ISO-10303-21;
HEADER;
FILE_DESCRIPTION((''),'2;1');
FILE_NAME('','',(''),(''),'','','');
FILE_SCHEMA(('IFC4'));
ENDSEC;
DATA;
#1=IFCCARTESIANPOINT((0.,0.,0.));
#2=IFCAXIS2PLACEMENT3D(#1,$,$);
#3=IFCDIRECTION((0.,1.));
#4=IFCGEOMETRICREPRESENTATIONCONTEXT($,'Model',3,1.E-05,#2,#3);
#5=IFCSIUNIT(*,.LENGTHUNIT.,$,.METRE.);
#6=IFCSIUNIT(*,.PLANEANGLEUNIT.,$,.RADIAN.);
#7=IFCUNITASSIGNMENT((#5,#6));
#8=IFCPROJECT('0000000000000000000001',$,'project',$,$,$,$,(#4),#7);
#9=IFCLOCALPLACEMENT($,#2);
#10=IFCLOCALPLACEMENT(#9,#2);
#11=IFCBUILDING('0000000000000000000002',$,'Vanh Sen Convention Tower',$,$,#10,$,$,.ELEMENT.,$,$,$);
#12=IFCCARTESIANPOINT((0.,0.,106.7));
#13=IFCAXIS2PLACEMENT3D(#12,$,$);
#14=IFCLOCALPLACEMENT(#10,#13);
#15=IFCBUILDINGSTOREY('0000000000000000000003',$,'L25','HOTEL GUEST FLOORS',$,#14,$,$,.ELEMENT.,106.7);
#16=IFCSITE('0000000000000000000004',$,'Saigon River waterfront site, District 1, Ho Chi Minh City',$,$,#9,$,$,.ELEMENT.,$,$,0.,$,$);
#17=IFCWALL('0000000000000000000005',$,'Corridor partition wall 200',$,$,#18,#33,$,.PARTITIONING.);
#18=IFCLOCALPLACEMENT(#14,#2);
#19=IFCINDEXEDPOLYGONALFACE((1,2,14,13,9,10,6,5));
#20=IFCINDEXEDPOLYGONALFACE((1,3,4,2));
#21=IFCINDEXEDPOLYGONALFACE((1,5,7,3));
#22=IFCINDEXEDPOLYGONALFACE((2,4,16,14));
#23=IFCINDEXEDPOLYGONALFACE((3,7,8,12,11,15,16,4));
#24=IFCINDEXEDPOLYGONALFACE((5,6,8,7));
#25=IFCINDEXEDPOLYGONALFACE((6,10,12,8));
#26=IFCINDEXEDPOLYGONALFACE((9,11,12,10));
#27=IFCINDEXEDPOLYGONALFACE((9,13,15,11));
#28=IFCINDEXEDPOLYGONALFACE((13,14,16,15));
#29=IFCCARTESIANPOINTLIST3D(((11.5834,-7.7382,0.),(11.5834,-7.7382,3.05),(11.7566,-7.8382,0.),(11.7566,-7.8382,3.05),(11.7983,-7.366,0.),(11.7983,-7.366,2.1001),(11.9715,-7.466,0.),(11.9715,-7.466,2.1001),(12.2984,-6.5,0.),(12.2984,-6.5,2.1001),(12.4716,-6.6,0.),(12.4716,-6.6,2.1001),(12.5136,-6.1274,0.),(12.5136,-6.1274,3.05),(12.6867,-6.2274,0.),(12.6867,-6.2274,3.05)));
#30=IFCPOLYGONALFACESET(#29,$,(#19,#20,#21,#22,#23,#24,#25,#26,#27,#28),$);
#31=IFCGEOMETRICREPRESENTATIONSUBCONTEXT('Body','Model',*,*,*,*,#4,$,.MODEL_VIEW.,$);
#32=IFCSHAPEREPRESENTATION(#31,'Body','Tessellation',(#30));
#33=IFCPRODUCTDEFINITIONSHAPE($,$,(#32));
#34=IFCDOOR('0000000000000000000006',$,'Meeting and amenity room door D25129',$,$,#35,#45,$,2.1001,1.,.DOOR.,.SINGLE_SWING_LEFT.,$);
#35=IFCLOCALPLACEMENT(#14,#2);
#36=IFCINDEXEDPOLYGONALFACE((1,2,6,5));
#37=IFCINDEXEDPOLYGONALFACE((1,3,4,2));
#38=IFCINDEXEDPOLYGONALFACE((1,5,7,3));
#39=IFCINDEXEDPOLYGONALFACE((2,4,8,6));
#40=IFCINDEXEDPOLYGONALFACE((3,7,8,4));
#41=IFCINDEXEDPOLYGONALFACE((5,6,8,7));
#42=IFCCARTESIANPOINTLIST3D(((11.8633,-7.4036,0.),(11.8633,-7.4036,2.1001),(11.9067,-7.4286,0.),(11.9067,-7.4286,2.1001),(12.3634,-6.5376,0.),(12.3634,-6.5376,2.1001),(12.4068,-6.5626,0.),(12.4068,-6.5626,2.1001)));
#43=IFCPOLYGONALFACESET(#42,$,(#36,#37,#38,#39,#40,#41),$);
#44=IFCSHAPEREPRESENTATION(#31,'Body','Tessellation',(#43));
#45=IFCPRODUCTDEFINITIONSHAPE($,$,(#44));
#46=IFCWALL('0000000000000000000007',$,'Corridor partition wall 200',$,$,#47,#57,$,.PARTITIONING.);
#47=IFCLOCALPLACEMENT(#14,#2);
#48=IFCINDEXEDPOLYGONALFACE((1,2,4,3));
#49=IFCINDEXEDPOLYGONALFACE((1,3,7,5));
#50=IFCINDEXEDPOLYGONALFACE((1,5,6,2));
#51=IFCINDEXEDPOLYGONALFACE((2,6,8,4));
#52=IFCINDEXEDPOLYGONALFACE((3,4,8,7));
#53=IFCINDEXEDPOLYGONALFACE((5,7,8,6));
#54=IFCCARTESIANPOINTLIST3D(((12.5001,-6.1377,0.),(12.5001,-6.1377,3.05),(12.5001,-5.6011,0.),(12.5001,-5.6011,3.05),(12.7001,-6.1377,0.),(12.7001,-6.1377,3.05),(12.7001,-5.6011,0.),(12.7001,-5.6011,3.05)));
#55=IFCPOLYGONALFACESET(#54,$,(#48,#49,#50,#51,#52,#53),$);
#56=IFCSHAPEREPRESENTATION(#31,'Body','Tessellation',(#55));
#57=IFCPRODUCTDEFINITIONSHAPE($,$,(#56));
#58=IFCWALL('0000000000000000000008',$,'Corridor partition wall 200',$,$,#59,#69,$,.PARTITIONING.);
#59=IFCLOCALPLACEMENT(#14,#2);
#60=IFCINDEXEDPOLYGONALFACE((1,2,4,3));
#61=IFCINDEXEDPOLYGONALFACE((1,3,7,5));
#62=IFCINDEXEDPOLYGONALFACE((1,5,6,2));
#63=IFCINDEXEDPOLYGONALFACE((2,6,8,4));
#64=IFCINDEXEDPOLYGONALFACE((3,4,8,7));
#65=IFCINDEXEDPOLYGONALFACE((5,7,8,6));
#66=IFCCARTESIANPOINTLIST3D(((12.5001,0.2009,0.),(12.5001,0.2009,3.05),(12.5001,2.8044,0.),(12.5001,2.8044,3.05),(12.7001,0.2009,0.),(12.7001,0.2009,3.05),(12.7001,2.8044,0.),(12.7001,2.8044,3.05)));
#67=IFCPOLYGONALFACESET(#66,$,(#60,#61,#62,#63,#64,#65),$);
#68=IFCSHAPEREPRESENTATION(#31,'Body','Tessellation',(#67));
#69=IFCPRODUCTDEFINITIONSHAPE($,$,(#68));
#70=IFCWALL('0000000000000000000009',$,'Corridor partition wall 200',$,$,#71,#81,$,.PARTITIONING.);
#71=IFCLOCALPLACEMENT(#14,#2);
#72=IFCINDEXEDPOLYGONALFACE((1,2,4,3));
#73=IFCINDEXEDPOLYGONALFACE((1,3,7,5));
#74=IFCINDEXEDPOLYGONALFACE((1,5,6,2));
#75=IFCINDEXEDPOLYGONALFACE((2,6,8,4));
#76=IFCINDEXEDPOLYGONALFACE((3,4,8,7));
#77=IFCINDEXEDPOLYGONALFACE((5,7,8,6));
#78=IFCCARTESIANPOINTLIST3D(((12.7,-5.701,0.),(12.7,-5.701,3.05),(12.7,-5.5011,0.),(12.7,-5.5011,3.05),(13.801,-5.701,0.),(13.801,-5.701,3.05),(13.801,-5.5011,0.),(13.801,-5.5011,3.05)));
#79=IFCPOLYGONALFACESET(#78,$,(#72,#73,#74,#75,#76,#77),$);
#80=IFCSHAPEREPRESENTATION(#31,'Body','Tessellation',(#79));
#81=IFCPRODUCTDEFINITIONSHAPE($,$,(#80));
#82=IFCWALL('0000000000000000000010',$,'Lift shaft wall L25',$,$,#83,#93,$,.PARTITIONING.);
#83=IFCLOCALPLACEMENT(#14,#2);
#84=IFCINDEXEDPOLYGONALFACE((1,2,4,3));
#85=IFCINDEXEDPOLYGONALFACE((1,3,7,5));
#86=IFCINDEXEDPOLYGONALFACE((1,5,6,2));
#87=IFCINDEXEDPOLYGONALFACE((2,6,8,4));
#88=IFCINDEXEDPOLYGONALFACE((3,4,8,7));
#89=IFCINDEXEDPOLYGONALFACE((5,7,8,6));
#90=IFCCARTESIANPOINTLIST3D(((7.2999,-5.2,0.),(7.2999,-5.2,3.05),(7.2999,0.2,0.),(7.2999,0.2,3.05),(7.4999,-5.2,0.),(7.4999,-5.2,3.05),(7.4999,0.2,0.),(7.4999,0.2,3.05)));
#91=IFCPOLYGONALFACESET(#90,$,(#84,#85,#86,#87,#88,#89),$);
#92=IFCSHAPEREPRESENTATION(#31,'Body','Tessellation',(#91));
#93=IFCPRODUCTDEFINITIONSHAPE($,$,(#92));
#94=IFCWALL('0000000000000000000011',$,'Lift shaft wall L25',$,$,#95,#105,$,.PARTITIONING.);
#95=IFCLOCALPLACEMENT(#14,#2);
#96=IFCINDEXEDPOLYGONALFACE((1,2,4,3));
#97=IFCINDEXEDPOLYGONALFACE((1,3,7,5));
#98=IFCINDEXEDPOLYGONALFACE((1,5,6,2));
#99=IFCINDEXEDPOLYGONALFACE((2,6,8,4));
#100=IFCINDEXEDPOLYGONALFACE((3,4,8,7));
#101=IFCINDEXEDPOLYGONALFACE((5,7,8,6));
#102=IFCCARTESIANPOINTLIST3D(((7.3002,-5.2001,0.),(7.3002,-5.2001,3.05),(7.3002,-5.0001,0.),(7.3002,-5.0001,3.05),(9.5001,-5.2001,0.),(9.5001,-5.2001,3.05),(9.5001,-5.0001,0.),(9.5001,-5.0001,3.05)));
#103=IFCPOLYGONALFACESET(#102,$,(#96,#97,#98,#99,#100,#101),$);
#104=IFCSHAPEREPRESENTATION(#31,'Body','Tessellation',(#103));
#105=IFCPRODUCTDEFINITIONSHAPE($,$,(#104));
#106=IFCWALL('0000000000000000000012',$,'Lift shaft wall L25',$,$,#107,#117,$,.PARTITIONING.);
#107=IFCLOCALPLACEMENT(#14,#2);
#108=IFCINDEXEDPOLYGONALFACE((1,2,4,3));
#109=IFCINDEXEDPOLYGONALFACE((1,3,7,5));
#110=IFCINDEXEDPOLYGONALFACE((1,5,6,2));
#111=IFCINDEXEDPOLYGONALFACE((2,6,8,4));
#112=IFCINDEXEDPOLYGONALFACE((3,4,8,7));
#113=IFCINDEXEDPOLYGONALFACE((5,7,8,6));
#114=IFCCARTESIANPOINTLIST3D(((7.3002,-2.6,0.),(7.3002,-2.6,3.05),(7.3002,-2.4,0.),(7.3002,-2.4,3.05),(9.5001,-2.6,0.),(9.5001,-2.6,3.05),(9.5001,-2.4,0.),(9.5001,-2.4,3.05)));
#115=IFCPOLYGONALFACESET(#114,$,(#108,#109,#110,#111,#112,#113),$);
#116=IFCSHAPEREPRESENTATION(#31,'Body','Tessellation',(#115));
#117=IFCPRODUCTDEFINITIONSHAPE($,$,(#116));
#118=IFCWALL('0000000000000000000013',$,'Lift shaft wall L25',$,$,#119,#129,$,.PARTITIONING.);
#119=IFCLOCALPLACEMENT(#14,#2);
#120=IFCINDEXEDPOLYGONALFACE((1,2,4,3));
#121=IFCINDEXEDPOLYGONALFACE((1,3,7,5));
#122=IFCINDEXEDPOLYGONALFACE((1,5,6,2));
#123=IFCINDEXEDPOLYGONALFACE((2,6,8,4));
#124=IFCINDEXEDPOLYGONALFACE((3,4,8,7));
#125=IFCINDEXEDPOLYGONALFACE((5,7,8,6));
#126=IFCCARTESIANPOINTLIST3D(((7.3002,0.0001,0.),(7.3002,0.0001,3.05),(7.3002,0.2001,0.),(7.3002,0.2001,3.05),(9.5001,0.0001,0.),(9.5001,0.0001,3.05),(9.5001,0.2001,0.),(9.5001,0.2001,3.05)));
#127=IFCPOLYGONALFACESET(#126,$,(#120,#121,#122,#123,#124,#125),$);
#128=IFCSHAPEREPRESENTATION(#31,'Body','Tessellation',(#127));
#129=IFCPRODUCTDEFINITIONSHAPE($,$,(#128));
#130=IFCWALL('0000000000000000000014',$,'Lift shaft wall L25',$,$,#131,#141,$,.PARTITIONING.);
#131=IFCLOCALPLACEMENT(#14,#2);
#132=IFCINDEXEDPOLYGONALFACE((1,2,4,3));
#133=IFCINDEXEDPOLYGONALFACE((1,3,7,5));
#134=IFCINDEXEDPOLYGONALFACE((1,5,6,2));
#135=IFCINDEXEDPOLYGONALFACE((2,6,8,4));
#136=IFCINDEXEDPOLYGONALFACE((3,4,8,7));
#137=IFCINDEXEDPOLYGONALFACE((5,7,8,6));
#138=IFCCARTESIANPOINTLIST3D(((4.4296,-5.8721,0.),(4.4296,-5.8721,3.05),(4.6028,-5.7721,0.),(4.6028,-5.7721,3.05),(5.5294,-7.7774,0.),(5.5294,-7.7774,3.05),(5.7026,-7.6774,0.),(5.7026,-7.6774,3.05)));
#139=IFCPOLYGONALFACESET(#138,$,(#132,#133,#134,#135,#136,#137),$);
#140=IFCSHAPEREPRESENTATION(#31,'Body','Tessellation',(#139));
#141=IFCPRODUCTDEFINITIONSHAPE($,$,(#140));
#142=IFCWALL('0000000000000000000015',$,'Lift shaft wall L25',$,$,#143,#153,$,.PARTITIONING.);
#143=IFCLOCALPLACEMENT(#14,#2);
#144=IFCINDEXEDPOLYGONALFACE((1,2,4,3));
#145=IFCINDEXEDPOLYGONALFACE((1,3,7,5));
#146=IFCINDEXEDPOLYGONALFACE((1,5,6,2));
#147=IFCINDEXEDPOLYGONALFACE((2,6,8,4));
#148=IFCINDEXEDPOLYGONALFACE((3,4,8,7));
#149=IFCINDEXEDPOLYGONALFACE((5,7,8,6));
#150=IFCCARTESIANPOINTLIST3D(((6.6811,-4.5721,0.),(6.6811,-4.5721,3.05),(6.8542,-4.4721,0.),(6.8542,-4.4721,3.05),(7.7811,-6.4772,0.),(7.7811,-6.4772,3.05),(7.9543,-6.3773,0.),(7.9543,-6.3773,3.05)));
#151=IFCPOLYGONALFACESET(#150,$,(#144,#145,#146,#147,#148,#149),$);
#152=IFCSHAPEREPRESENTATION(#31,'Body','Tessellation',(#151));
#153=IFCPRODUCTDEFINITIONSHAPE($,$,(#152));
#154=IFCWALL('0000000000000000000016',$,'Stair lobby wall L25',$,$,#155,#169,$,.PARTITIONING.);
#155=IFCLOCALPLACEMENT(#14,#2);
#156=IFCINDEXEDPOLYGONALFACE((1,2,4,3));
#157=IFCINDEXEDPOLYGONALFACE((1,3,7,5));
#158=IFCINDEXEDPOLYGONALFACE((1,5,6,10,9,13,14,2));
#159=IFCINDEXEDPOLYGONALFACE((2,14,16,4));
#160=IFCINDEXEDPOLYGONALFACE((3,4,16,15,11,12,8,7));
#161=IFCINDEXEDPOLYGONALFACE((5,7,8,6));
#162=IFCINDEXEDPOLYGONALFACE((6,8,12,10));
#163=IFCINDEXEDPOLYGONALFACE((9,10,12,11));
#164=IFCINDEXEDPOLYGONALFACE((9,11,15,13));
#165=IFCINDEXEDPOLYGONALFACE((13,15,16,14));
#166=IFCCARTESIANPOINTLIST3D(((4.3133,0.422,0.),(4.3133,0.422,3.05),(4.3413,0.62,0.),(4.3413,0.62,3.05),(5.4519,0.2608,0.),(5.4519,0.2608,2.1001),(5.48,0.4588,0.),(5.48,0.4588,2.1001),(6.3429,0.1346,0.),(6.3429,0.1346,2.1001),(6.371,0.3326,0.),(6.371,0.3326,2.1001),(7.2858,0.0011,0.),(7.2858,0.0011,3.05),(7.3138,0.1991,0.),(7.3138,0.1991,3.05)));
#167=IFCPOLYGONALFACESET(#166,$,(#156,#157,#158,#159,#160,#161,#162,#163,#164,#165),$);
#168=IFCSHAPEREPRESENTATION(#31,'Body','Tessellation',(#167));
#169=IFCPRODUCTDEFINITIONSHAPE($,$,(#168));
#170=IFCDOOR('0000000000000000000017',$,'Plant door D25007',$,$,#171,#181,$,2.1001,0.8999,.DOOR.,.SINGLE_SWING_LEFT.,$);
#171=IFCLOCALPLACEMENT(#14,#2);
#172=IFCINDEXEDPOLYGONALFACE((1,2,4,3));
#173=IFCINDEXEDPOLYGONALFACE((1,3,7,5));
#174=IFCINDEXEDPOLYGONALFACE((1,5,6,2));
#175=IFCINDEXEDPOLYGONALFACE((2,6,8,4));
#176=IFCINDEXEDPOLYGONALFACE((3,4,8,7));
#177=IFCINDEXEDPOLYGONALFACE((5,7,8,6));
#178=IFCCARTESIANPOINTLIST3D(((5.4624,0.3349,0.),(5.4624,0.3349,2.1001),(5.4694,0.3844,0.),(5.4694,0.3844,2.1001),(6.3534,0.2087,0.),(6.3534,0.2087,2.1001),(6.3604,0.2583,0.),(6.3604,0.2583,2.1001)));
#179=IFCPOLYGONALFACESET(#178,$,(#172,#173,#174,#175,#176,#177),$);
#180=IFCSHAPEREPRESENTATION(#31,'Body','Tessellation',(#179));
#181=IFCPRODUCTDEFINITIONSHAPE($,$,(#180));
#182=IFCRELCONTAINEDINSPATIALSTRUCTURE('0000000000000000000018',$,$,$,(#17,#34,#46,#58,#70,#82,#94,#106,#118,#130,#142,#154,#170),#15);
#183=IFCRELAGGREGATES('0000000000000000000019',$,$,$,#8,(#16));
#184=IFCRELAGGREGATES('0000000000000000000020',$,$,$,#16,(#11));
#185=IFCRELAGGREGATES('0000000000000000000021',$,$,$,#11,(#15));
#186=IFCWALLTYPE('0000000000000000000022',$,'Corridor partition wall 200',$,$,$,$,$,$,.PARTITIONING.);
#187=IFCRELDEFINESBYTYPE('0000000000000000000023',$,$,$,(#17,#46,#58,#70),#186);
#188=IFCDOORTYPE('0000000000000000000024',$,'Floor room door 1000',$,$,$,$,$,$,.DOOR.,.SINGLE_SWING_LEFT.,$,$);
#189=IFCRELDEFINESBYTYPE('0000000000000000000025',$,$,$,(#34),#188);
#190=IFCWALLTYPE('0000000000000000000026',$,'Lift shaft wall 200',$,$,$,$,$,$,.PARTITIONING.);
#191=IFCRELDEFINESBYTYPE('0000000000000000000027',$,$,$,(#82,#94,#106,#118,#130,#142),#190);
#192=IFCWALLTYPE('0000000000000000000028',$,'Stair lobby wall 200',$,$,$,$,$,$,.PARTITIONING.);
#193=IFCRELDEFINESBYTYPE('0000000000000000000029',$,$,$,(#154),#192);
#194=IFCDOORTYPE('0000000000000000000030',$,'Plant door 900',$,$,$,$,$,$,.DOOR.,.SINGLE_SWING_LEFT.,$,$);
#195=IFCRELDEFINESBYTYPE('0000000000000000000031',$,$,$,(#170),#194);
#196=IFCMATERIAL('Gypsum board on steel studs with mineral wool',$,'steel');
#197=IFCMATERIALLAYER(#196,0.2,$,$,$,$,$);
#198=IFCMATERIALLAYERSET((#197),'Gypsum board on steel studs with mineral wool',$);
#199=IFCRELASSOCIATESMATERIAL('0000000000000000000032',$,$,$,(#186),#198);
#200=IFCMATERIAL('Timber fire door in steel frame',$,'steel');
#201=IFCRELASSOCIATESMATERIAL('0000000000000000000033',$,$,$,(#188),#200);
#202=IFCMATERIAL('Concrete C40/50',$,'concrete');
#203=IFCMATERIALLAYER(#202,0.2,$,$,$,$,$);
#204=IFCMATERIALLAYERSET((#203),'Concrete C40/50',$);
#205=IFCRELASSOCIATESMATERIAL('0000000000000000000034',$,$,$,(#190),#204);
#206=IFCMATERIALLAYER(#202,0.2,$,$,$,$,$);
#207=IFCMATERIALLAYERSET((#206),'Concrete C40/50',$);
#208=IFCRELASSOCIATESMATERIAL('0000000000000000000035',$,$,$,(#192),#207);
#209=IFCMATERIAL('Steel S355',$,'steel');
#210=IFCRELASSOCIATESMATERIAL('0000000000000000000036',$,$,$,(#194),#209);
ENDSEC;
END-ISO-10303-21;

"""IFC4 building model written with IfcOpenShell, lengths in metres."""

from ifc_helpers import new_model, si_unit, direction, frame, frame_2d, origin, place, context, subcontext, project, spatial, rectangle, extrude, material, layer, layer_set, type_object, element, fill, save


model = new_model("IFC4")

# Units and contexts
model_context = context("Model", 3, precision=1e-05, world=origin(), true_north=direction((0.0, 1.0)))
body_context = subcontext(model_context, "Body", "Model", "MODEL_VIEW")
ifc_project = project(units=[si_unit("LENGTHUNIT", "METRE"), si_unit("PLANEANGLEUNIT", "RADIAN")], contexts=[model_context])

# Site, building, storey
site_placement = place(None, origin())
site = spatial("IfcSite", under=ifc_project, at=site_placement, Name="Saigon River waterfront site, District 1, Ho Chi Minh City", CompositionType="ELEMENT", RefElevation=0.0)
building_placement = place(site_placement, origin())
building = spatial("IfcBuilding", under=site, at=building_placement, Name="Vanh Sen Convention Tower", CompositionType="ELEMENT")
storey_placement = place(building_placement, frame((0.0, 0.0, 106.7)))
storey = spatial("IfcBuildingStorey", under=building, at=storey_placement, Name="L25", Description="HOTEL GUEST FLOORS", CompositionType="ELEMENT", Elevation=106.7)

# Shared definitions
ifc_material_1 = material(Name="Steel S355", Category="steel")

# Shared definitions
ifc_material_2 = material(Name="Gypsum board on steel studs with mineral wool", Category="steel")
ifc_layer_1 = layer(ifc_material_2, 0.2)
ifc_layer_set_1 = layer_set([ifc_layer_1], Name="Gypsum board on steel studs with mineral wool")
wall_type_1 = type_object("IfcWallType", Name="Corridor partition wall 200", PredefinedType="PARTITIONING", material=ifc_layer_set_1)

# Shared definitions
ifc_material_3 = material(Name="Timber fire door in steel frame", Category="steel")

# Wall, opening, door
wall_1_placement = place(storey_placement, frame((11.6699, -7.7883, 0.0), z_axis=(0.0, 0.0, 1.0), x_axis=(0.500063, 0.865989, 0.0)))
wall_1 = element("IfcWall", 1, at=wall_1_placement, inside=storey, type_object=wall_type_1, Name="Corridor partition wall 200", PredefinedType="PARTITIONING", context=body_context, shape_type="SweptSolid", body=[
    extrude(rectangle(XDim=1.8601, YDim=0.2, at=frame_2d((0.9302, 0.0))), origin(), (0.0, 0.0, 1.0), 3.05),
])
opening_1_placement = place(wall_1_placement, frame((0.4299, 0.0, 0.0)))
opening_1 = element("IfcOpeningElement", 2, at=opening_1_placement, cuts=wall_1, PredefinedType="OPENING", context=body_context, shape_type="SweptSolid", body=[
    extrude(rectangle(XDim=1.0, YDim=2.1001, at=frame_2d((0.5, 1.05))), frame((0.0, 0.1099, 0.0), z_axis=(0.0, -1.0, 0.0), x_axis=(1.0, 0.0, 0.0)), (0.0, 0.0, 1.0), 0.22),
])
door_type_1 = type_object("IfcDoorType", Name="Floor room door 1000", OperationType="SINGLE_SWING_LEFT", PredefinedType="DOOR", material=ifc_material_3)
door_1_placement = place(opening_1_placement, origin())
door_1 = element("IfcDoor", 3, at=door_1_placement, inside=storey, type_object=door_type_1, Name="Meeting and amenity room door D25129", OperationType="SINGLE_SWING_LEFT", OverallHeight=2.1001, OverallWidth=1.0, PredefinedType="DOOR", context=body_context, shape_type="SweptSolid", body=[
    extrude(rectangle(XDim=1.0, YDim=2.1001, at=frame_2d((0.5, 1.05))), frame((0.0, 0.0249, 0.0), z_axis=(0.0, -1.0, 0.0), x_axis=(1.0, 0.0, 0.0)), (0.0, 0.0, 1.0), 0.05),
])
fill(opening_1, door_1)

# Walls
wall_2_placement = place(storey_placement, frame((12.6001, -6.1377, 0.0), z_axis=(0.0, 0.0, 1.0), x_axis=(0.0, 1.0, 0.0)))
element("IfcWall", 4, at=wall_2_placement, inside=storey, type_object=wall_type_1, Name="Corridor partition wall 200", PredefinedType="PARTITIONING", context=body_context, shape_type="SweptSolid", body=[
    extrude(rectangle(XDim=0.5366, YDim=0.2, at=frame_2d((0.2683, 0.0))), origin(), (0.0, 0.0, 1.0), 3.05),
])
wall_3_placement = place(storey_placement, frame((12.6001, 0.2009, 0.0), z_axis=(0.0, 0.0, 1.0), x_axis=(0.0, 1.0, 0.0)))
element("IfcWall", 5, at=wall_3_placement, inside=storey, type_object=wall_type_1, Name="Corridor partition wall 200", PredefinedType="PARTITIONING", context=body_context, shape_type="SweptSolid", body=[
    extrude(rectangle(XDim=2.6035, YDim=0.2, at=frame_2d((1.3018, 0.0))), origin(), (0.0, 0.0, 1.0), 3.05),
])
wall_4_placement = place(storey_placement, frame((12.7, -5.6011, 0.0), z_axis=(0.0, 0.0, 1.0), x_axis=(1.0, 0.0, 0.0)))
element("IfcWall", 6, at=wall_4_placement, inside=storey, type_object=wall_type_1, Name="Corridor partition wall 200", PredefinedType="PARTITIONING", context=body_context, shape_type="SweptSolid", body=[
    extrude(rectangle(XDim=1.1011, YDim=0.2, at=frame_2d((0.5505, 0.0))), origin(), (0.0, 0.0, 1.0), 3.05),
])
ifc_material_4 = material(Name="Concrete C40/50", Category="concrete")
ifc_layer_2 = layer(ifc_material_4, 0.2)
ifc_layer_set_2 = layer_set([ifc_layer_2], Name="Concrete C40/50")
wall_type_2 = type_object("IfcWallType", Name="Lift shaft wall 200", PredefinedType="PARTITIONING", material=ifc_layer_set_2)
wall_5_placement = place(storey_placement, frame((7.3999, -5.2, 0.0), z_axis=(0.0, 0.0, 1.0), x_axis=(0.0, 1.0, 0.0)))
element("IfcWall", 7, at=wall_5_placement, inside=storey, type_object=wall_type_2, Name="Lift shaft wall L25", PredefinedType="PARTITIONING", context=body_context, shape_type="SweptSolid", body=[
    extrude(rectangle(XDim=5.3999, YDim=0.2, at=frame_2d((2.7, 0.0))), origin(), (0.0, 0.0, 1.0), 3.05),
])
for number, where, z_axis, x_axis, name in (
    (8, (7.3, -5.1001, 0.0), (0.0, 0.0, 1.0), (1.0, 0.0, 0.0), "Lift shaft wall L25"),
    (9, (7.3, -2.5, 0.0), (0.0, 0.0, 1.0), (1.0, 0.0, 0.0), "Lift shaft wall L25"),
    (10, (7.3, 0.1001, 0.0), (0.0, 0.0, 1.0), (1.0, 0.0, 0.0), "Lift shaft wall L25"),
    (11, (4.5161, -5.822, 0.0), (0.0, 0.0, 1.0), (0.499947, -0.866056, 0.0), "Lift shaft wall L25"),
    (12, (6.7676, -4.522, 0.0), (0.0, 0.0, 1.0), (0.50003, -0.866008, 0.0), "Lift shaft wall L25"),
):
    element("IfcWall", number, at=place(storey_placement, frame(where, z_axis=z_axis, x_axis=x_axis)), inside=storey, type_object=wall_type_2, Name=name, PredefinedType="PARTITIONING", context=body_context, shape_type="SweptSolid", body=[
        extrude(rectangle(XDim=2.2, YDim=0.2, at=frame_2d((1.1001, 0.0))), origin(), (0.0, 0.0, 1.0), 3.05),
    ])

# Wall, opening, door
ifc_layer_3 = layer(ifc_material_4, 0.2)
ifc_layer_set_3 = layer_set([ifc_layer_3], Name="Concrete C40/50")
wall_type_3 = type_object("IfcWallType", Name="Stair lobby wall 200", PredefinedType="PARTITIONING", material=ifc_layer_set_3)
wall_6_placement = place(storey_placement, frame((4.3274, 0.521, 0.0), z_axis=(0.0, 0.0, 1.0), x_axis=(0.990124, -0.140192, 0.0)))
wall_6 = element("IfcWall", 13, at=wall_6_placement, inside=storey, type_object=wall_type_3, Name="Stair lobby wall L25", PredefinedType="PARTITIONING", context=body_context, shape_type="SweptSolid", body=[
    extrude(rectangle(XDim=3.0022, YDim=0.2, at=frame_2d((1.501, 0.0))), origin(), (0.0, 0.0, 1.0), 3.05),
])
opening_2_placement = place(wall_6_placement, frame((1.1499, 0.0, 0.0)))
opening_2 = element("IfcOpeningElement", 14, at=opening_2_placement, cuts=wall_6, PredefinedType="OPENING", context=body_context, shape_type="SweptSolid", body=[
    extrude(rectangle(XDim=0.8999, YDim=2.1001, at=frame_2d((0.45, 1.05))), frame((0.0, 0.1099, 0.0), z_axis=(0.0, -1.0, 0.0), x_axis=(1.0, 0.0, 0.0)), (0.0, 0.0, 1.0), 0.22),
])
door_type_2 = type_object("IfcDoorType", Name="Plant door 900", OperationType="SINGLE_SWING_LEFT", PredefinedType="DOOR", material=ifc_material_1)
door_2_placement = place(opening_2_placement, origin())
door_2 = element("IfcDoor", 15, at=door_2_placement, inside=storey, type_object=door_type_2, Name="Plant door D25007", OperationType="SINGLE_SWING_LEFT", OverallHeight=2.1001, OverallWidth=0.8999, PredefinedType="DOOR", context=body_context, shape_type="SweptSolid", body=[
    extrude(rectangle(XDim=0.8999, YDim=2.1001, at=frame_2d((0.45, 1.05))), frame((0.0, 0.0249, 0.0), z_axis=(0.0, -1.0, 0.0), x_axis=(1.0, 0.0, 0.0)), (0.0, 0.0, 1.0), 0.05),
])
fill(opening_2, door_2)

save(model, "model.ifc")
